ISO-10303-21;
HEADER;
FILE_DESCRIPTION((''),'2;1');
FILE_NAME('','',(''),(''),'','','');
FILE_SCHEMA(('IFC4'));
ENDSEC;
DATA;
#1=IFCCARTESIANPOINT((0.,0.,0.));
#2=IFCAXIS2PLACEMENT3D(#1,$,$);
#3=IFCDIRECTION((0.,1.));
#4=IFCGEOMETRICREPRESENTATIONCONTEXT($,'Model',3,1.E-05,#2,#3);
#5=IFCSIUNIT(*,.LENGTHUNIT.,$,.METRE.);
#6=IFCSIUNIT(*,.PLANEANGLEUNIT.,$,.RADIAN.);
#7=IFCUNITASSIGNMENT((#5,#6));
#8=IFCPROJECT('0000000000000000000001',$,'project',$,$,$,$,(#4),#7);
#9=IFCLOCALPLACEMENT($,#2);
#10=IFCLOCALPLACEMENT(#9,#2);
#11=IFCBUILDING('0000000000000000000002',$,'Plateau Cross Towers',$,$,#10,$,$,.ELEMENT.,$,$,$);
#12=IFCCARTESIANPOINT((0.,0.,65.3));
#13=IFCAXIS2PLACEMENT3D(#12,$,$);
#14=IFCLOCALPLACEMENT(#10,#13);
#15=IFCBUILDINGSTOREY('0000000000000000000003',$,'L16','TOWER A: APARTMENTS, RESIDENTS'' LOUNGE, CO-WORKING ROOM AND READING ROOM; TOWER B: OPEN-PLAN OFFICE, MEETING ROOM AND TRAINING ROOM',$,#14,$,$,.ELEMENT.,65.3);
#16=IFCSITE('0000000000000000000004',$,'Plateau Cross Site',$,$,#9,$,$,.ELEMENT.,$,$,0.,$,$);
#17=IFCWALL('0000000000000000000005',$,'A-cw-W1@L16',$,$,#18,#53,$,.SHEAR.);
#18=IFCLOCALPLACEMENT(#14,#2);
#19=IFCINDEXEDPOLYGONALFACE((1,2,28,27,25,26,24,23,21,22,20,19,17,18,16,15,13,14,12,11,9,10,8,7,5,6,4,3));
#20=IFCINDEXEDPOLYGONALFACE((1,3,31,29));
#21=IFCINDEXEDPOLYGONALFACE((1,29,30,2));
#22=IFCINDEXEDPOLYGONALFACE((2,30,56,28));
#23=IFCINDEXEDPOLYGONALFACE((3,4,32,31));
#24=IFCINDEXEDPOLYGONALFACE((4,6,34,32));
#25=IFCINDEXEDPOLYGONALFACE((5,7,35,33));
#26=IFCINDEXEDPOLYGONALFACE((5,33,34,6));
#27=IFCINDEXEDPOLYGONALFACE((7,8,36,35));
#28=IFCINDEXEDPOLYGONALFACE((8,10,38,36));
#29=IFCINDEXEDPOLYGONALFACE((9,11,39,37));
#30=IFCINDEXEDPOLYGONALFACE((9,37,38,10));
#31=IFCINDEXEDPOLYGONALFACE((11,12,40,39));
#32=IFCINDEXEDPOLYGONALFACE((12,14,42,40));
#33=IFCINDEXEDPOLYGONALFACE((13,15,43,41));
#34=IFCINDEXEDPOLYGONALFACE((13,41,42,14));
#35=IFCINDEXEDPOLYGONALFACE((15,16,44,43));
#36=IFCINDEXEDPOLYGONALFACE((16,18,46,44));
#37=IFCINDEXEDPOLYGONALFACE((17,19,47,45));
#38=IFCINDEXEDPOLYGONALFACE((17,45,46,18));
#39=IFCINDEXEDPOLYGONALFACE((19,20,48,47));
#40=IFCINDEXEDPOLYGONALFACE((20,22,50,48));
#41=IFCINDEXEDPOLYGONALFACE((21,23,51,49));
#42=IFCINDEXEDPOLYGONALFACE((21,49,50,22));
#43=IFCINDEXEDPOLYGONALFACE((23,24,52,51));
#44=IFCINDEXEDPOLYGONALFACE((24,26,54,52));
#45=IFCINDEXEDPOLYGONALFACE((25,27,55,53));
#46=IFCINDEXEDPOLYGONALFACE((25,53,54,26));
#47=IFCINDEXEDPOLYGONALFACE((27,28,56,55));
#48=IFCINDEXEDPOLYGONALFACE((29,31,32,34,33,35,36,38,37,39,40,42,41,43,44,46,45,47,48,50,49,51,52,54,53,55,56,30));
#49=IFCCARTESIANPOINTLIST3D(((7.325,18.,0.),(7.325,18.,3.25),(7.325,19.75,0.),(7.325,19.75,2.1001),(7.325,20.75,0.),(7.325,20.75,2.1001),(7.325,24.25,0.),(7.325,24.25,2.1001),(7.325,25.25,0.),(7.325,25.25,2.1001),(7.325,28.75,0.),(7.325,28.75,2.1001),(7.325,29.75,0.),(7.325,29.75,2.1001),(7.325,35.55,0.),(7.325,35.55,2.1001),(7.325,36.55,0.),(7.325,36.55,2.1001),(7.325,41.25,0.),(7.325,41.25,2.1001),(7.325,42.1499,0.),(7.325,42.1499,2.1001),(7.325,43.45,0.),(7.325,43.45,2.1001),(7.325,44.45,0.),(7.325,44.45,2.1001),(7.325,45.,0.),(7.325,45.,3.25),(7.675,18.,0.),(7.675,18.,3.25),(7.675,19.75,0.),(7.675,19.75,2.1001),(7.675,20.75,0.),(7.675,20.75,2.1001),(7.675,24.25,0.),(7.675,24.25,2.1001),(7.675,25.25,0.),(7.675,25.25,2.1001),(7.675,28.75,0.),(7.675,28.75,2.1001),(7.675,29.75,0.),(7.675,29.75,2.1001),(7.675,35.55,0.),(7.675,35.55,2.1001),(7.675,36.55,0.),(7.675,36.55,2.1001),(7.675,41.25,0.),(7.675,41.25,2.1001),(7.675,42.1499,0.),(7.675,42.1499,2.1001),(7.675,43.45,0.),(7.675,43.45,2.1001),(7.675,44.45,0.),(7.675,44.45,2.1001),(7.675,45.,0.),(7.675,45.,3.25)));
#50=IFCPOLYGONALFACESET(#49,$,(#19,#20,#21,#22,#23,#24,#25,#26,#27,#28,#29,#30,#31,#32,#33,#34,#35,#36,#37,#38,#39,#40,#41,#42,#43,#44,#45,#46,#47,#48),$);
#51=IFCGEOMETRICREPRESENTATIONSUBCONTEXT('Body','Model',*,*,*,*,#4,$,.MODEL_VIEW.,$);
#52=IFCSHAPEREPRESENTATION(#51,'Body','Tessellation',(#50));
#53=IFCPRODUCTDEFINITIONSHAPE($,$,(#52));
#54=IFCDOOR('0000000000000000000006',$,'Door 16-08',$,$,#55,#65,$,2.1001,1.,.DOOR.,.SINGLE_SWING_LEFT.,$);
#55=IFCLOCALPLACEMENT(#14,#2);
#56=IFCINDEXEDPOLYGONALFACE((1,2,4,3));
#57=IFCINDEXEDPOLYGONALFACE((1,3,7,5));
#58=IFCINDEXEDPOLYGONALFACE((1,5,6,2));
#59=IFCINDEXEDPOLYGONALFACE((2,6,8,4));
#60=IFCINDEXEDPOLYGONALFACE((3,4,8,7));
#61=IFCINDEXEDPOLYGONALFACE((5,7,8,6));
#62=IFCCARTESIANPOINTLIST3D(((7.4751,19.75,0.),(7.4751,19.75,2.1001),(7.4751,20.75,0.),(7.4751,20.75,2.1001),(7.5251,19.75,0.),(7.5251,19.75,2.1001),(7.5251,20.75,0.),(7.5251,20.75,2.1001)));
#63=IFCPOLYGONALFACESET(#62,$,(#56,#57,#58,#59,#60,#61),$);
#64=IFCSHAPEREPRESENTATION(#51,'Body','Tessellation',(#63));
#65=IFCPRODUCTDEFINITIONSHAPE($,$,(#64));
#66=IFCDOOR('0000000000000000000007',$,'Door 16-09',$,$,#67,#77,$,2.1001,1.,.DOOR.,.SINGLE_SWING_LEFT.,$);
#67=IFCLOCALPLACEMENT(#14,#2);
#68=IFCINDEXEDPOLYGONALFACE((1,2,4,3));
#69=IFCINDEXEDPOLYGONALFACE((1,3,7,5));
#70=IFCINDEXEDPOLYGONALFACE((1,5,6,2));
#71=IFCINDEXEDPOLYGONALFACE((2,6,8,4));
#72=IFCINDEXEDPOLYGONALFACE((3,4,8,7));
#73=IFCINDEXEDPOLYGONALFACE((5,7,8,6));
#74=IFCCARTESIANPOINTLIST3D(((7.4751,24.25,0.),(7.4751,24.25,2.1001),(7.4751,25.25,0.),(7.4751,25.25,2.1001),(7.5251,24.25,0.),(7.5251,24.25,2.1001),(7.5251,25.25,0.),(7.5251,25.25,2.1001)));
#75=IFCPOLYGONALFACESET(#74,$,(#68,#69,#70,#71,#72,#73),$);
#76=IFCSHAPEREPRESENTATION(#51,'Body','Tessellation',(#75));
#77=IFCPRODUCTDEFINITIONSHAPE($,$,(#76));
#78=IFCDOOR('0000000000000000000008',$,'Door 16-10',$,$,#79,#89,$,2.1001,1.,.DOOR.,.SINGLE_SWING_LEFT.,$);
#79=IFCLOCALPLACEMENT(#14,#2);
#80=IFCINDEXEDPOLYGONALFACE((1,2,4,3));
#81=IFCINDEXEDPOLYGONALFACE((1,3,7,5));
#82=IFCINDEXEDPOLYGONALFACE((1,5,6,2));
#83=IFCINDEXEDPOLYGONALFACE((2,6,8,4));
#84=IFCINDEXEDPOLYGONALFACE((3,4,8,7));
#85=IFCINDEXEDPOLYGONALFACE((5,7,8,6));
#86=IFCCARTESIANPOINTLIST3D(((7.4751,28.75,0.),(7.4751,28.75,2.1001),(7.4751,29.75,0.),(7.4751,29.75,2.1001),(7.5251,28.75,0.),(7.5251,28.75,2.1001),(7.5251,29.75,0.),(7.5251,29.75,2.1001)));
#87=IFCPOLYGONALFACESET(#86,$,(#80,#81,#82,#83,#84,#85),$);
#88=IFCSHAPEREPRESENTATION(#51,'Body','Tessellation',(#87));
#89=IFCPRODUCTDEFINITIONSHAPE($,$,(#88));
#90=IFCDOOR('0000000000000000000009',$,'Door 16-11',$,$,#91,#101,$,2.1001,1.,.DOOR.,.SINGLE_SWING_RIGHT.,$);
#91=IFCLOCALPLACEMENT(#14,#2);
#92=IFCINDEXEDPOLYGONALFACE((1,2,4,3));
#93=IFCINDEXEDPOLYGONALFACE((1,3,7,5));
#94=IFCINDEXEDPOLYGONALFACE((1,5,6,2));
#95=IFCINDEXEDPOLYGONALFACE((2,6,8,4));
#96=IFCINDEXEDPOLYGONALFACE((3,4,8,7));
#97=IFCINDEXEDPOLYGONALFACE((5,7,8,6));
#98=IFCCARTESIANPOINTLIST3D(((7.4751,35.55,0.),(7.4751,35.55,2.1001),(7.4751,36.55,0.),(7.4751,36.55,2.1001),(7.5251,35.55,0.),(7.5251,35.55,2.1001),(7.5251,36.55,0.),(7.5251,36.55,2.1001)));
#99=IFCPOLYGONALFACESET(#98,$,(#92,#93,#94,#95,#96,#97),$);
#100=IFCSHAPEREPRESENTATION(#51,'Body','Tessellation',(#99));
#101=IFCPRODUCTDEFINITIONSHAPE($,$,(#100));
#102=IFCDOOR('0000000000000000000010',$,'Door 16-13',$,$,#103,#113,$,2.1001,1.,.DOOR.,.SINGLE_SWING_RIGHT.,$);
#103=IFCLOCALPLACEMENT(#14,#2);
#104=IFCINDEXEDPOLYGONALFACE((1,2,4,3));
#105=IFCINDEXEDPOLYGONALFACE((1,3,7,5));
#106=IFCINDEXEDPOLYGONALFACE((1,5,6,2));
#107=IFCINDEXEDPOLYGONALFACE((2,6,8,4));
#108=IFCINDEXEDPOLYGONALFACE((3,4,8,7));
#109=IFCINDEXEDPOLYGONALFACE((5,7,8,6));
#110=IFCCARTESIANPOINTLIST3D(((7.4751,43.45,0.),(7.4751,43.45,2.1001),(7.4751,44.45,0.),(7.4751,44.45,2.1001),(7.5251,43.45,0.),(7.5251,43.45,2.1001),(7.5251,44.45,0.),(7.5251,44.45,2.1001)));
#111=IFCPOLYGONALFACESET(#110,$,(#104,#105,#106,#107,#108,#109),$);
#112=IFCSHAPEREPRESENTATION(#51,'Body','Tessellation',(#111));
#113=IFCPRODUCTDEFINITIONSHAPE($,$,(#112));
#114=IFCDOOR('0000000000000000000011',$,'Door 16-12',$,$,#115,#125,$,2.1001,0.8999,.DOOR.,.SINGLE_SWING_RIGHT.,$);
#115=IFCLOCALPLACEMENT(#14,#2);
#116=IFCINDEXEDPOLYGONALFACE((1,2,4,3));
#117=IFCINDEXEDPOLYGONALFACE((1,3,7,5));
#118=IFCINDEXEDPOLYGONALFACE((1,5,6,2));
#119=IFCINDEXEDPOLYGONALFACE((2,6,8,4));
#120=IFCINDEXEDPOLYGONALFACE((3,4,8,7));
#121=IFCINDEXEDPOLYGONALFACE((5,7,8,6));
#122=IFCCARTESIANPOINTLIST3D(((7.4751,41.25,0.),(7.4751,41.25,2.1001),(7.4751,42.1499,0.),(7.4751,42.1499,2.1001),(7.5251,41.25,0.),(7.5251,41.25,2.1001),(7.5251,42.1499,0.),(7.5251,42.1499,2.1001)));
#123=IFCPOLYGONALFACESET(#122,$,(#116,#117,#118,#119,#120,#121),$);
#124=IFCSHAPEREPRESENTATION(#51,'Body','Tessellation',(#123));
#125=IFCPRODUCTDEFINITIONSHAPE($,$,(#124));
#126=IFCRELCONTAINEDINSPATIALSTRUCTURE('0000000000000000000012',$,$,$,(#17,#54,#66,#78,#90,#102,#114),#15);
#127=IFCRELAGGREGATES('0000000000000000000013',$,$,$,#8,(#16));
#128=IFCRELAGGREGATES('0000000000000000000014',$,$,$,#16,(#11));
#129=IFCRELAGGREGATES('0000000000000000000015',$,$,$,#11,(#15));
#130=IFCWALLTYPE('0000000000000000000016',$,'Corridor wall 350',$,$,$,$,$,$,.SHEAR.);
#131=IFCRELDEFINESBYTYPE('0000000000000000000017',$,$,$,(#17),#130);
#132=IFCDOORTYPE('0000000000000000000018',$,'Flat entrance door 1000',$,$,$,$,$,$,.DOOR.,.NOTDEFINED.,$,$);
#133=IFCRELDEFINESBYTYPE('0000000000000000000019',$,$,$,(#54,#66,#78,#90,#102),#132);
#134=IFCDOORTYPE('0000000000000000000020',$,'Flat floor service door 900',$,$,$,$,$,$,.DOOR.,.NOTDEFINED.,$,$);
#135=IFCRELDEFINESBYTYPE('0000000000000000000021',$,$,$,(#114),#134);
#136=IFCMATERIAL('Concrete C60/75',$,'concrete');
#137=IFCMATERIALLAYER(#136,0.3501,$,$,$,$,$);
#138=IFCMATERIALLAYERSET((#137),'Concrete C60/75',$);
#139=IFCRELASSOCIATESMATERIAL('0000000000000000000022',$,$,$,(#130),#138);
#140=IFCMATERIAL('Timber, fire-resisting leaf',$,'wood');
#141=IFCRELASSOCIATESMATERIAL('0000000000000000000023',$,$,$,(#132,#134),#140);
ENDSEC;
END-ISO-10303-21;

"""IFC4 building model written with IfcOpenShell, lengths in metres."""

from ifc_helpers import new_model, si_unit, direction, frame, frame_2d, origin, place, context, subcontext, project, spatial, rectangle, extrude, material, layer, layer_set, type_object, element, fill, save


model = new_model("IFC4")

# Units and contexts
model_context = context("Model", 3, precision=1e-05, world=origin(), true_north=direction((0.0, 1.0)))
body_context = subcontext(model_context, "Body", "Model", "MODEL_VIEW")
ifc_project = project(units=[si_unit("LENGTHUNIT", "METRE"), si_unit("PLANEANGLEUNIT", "RADIAN")], contexts=[model_context])

# Site, building, storey
site_placement = place(None, origin())
site = spatial("IfcSite", under=ifc_project, at=site_placement, Name="Plateau Cross Site", CompositionType="ELEMENT", RefElevation=0.0)
building_placement = place(site_placement, origin())
building = spatial("IfcBuilding", under=site, at=building_placement, Name="Plateau Cross Towers", CompositionType="ELEMENT")
storey_placement = place(building_placement, frame((0.0, 0.0, 65.3)))
storey = spatial("IfcBuildingStorey", under=building, at=storey_placement, Name="L16", Description="TOWER A: APARTMENTS, RESIDENTS' LOUNGE, CO-WORKING ROOM AND READING ROOM; TOWER B: OPEN-PLAN OFFICE, MEETING ROOM AND TRAINING ROOM", CompositionType="ELEMENT", Elevation=65.3)

# Shared definitions
ifc_material_1 = material(Name="Concrete C60/75", Category="concrete")

# Wall, openings, doors
ifc_layer_1 = layer(ifc_material_1, 0.3501)
ifc_layer_set_1 = layer_set([ifc_layer_1], Name="Concrete C60/75")
wall_type_1 = type_object("IfcWallType", Name="Corridor wall 350", PredefinedType="SHEAR", material=ifc_layer_set_1)
wall_1_placement = place(storey_placement, frame((7.5, 18.0, 0.0), z_axis=(0.0, 0.0, 1.0), x_axis=(0.0, 1.0, 0.0)))
wall_1 = element("IfcWall", 1, at=wall_1_placement, inside=storey, type_object=wall_type_1, Name="A-cw-W1@L16", PredefinedType="SHEAR", context=body_context, shape_type="SweptSolid", body=[
    extrude(rectangle(XDim=27.0, YDim=0.3501, at=frame_2d((13.5, 0.0))), origin(), (0.0, 0.0, 1.0), 3.25),
])
opening_1_placement = place(wall_1_placement, frame((1.75, 0.0, 0.0)))
opening_1 = element("IfcOpeningElement", 2, at=opening_1_placement, cuts=wall_1, PredefinedType="OPENING", context=body_context, shape_type="SweptSolid", body=[
    extrude(rectangle(XDim=1.0, YDim=2.1001, at=frame_2d((0.5, 1.05))), frame((0.0, 0.1851, 0.0), z_axis=(0.0, -1.0, 0.0), x_axis=(1.0, 0.0, 0.0)), (0.0, 0.0, 1.0), 0.3701),
])
opening_2_placement = place(wall_1_placement, frame((6.25, 0.0, 0.0)))
opening_2 = element("IfcOpeningElement", 3, at=opening_2_placement, cuts=wall_1, PredefinedType="OPENING", context=body_context, shape_type="SweptSolid", body=[
    extrude(rectangle(XDim=1.0, YDim=2.1001, at=frame_2d((0.5, 1.05))), frame((0.0, 0.1851, 0.0), z_axis=(0.0, -1.0, 0.0), x_axis=(1.0, 0.0, 0.0)), (0.0, 0.0, 1.0), 0.3701),
])
opening_3_placement = place(wall_1_placement, frame((10.75, 0.0, 0.0)))
opening_3 = element("IfcOpeningElement", 4, at=opening_3_placement, cuts=wall_1, PredefinedType="OPENING", context=body_context, shape_type="SweptSolid", body=[
    extrude(rectangle(XDim=1.0, YDim=2.1001, at=frame_2d((0.5, 1.05))), frame((0.0, 0.1851, 0.0), z_axis=(0.0, -1.0, 0.0), x_axis=(1.0, 0.0, 0.0)), (0.0, 0.0, 1.0), 0.3701),
])
opening_4_placement = place(wall_1_placement, frame((17.55, 0.0, 0.0)))
opening_4 = element("IfcOpeningElement", 5, at=opening_4_placement, cuts=wall_1, PredefinedType="OPENING", context=body_context, shape_type="SweptSolid", body=[
    extrude(rectangle(XDim=1.0, YDim=2.1001, at=frame_2d((0.5, 1.05))), frame((0.0, 0.1851, 0.0), z_axis=(0.0, -1.0, 0.0), x_axis=(1.0, 0.0, 0.0)), (0.0, 0.0, 1.0), 0.3701),
])
opening_5_placement = place(wall_1_placement, frame((23.25, 0.0, 0.0)))
opening_5 = element("IfcOpeningElement", 6, at=opening_5_placement, cuts=wall_1, PredefinedType="OPENING", context=body_context, shape_type="SweptSolid", body=[
    extrude(rectangle(XDim=0.8999, YDim=2.1001, at=frame_2d((0.45, 1.05))), frame((0.0, 0.1851, 0.0), z_axis=(0.0, -1.0, 0.0), x_axis=(1.0, 0.0, 0.0)), (0.0, 0.0, 1.0), 0.3701),
])
opening_6_placement = place(wall_1_placement, frame((25.45, 0.0, 0.0)))
opening_6 = element("IfcOpeningElement", 7, at=opening_6_placement, cuts=wall_1, PredefinedType="OPENING", context=body_context, shape_type="SweptSolid", body=[
    extrude(rectangle(XDim=1.0, YDim=2.1001, at=frame_2d((0.5, 1.05))), frame((0.0, 0.1851, 0.0), z_axis=(0.0, -1.0, 0.0), x_axis=(1.0, 0.0, 0.0)), (0.0, 0.0, 1.0), 0.3701),
])
ifc_material_2 = material(Name="Timber, fire-resisting leaf", Category="wood")
door_type_1 = type_object("IfcDoorType", Name="Flat entrance door 1000", OperationType="NOTDEFINED", PredefinedType="DOOR", material=ifc_material_2)
door_1_placement = place(opening_1_placement, origin())
door_1 = element("IfcDoor", 8, at=door_1_placement, inside=storey, type_object=door_type_1, Name="Door 16-08", OperationType="SINGLE_SWING_LEFT", OverallHeight=2.1001, OverallWidth=1.0, PredefinedType="DOOR", context=body_context, shape_type="SweptSolid", body=[
    extrude(rectangle(XDim=1.0, YDim=2.1001, at=frame_2d((0.5, 1.05))), frame((0.0, 0.0249, 0.0), z_axis=(0.0, -1.0, 0.0), x_axis=(1.0, 0.0, 0.0)), (0.0, 0.0, 1.0), 0.05),
])
fill(opening_1, door_1)
door_2_placement = place(opening_2_placement, origin())
door_2 = element("IfcDoor", 9, at=door_2_placement, inside=storey, type_object=door_type_1, Name="Door 16-09", OperationType="SINGLE_SWING_LEFT", OverallHeight=2.1001, OverallWidth=1.0, PredefinedType="DOOR", context=body_context, shape_type="SweptSolid", body=[
    extrude(rectangle(XDim=1.0, YDim=2.1001, at=frame_2d((0.5, 1.05))), frame((0.0, 0.0249, 0.0), z_axis=(0.0, -1.0, 0.0), x_axis=(1.0, 0.0, 0.0)), (0.0, 0.0, 1.0), 0.05),
])
fill(opening_2, door_2)
door_3_placement = place(opening_3_placement, origin())
door_3 = element("IfcDoor", 10, at=door_3_placement, inside=storey, type_object=door_type_1, Name="Door 16-10", OperationType="SINGLE_SWING_LEFT", OverallHeight=2.1001, OverallWidth=1.0, PredefinedType="DOOR", context=body_context, shape_type="SweptSolid", body=[
    extrude(rectangle(XDim=1.0, YDim=2.1001, at=frame_2d((0.5, 1.05))), frame((0.0, 0.0249, 0.0), z_axis=(0.0, -1.0, 0.0), x_axis=(1.0, 0.0, 0.0)), (0.0, 0.0, 1.0), 0.05),
])
fill(opening_3, door_3)
door_4_placement = place(opening_4_placement, origin())
door_4 = element("IfcDoor", 11, at=door_4_placement, inside=storey, type_object=door_type_1, Name="Door 16-11", OperationType="SINGLE_SWING_RIGHT", OverallHeight=2.1001, OverallWidth=1.0, PredefinedType="DOOR", context=body_context, shape_type="SweptSolid", body=[
    extrude(rectangle(XDim=1.0, YDim=2.1001, at=frame_2d((0.5, 1.05))), frame((0.0, 0.0249, 0.0), z_axis=(0.0, -1.0, 0.0), x_axis=(1.0, 0.0, 0.0)), (0.0, 0.0, 1.0), 0.05),
])
fill(opening_4, door_4)
door_5_placement = place(opening_6_placement, origin())
door_5 = element("IfcDoor", 12, at=door_5_placement, inside=storey, type_object=door_type_1, Name="Door 16-13", OperationType="SINGLE_SWING_RIGHT", OverallHeight=2.1001, OverallWidth=1.0, PredefinedType="DOOR", context=body_context, shape_type="SweptSolid", body=[
    extrude(rectangle(XDim=1.0, YDim=2.1001, at=frame_2d((0.5, 1.05))), frame((0.0, 0.0249, 0.0), z_axis=(0.0, -1.0, 0.0), x_axis=(1.0, 0.0, 0.0)), (0.0, 0.0, 1.0), 0.05),
])
fill(opening_6, door_5)
door_type_2 = type_object("IfcDoorType", Name="Flat floor service door 900", OperationType="NOTDEFINED", PredefinedType="DOOR", material=ifc_material_2)
door_6_placement = place(opening_5_placement, origin())
door_6 = element("IfcDoor", 13, at=door_6_placement, inside=storey, type_object=door_type_2, Name="Door 16-12", OperationType="SINGLE_SWING_RIGHT", OverallHeight=2.1001, OverallWidth=0.8999, PredefinedType="DOOR", context=body_context, shape_type="SweptSolid", body=[
    extrude(rectangle(XDim=0.8999, YDim=2.1001, at=frame_2d((0.45, 1.05))), frame((0.0, 0.0249, 0.0), z_axis=(0.0, -1.0, 0.0), x_axis=(1.0, 0.0, 0.0)), (0.0, 0.0, 1.0), 0.05),
])
fill(opening_5, door_6)

save(model, "model.ifc")
